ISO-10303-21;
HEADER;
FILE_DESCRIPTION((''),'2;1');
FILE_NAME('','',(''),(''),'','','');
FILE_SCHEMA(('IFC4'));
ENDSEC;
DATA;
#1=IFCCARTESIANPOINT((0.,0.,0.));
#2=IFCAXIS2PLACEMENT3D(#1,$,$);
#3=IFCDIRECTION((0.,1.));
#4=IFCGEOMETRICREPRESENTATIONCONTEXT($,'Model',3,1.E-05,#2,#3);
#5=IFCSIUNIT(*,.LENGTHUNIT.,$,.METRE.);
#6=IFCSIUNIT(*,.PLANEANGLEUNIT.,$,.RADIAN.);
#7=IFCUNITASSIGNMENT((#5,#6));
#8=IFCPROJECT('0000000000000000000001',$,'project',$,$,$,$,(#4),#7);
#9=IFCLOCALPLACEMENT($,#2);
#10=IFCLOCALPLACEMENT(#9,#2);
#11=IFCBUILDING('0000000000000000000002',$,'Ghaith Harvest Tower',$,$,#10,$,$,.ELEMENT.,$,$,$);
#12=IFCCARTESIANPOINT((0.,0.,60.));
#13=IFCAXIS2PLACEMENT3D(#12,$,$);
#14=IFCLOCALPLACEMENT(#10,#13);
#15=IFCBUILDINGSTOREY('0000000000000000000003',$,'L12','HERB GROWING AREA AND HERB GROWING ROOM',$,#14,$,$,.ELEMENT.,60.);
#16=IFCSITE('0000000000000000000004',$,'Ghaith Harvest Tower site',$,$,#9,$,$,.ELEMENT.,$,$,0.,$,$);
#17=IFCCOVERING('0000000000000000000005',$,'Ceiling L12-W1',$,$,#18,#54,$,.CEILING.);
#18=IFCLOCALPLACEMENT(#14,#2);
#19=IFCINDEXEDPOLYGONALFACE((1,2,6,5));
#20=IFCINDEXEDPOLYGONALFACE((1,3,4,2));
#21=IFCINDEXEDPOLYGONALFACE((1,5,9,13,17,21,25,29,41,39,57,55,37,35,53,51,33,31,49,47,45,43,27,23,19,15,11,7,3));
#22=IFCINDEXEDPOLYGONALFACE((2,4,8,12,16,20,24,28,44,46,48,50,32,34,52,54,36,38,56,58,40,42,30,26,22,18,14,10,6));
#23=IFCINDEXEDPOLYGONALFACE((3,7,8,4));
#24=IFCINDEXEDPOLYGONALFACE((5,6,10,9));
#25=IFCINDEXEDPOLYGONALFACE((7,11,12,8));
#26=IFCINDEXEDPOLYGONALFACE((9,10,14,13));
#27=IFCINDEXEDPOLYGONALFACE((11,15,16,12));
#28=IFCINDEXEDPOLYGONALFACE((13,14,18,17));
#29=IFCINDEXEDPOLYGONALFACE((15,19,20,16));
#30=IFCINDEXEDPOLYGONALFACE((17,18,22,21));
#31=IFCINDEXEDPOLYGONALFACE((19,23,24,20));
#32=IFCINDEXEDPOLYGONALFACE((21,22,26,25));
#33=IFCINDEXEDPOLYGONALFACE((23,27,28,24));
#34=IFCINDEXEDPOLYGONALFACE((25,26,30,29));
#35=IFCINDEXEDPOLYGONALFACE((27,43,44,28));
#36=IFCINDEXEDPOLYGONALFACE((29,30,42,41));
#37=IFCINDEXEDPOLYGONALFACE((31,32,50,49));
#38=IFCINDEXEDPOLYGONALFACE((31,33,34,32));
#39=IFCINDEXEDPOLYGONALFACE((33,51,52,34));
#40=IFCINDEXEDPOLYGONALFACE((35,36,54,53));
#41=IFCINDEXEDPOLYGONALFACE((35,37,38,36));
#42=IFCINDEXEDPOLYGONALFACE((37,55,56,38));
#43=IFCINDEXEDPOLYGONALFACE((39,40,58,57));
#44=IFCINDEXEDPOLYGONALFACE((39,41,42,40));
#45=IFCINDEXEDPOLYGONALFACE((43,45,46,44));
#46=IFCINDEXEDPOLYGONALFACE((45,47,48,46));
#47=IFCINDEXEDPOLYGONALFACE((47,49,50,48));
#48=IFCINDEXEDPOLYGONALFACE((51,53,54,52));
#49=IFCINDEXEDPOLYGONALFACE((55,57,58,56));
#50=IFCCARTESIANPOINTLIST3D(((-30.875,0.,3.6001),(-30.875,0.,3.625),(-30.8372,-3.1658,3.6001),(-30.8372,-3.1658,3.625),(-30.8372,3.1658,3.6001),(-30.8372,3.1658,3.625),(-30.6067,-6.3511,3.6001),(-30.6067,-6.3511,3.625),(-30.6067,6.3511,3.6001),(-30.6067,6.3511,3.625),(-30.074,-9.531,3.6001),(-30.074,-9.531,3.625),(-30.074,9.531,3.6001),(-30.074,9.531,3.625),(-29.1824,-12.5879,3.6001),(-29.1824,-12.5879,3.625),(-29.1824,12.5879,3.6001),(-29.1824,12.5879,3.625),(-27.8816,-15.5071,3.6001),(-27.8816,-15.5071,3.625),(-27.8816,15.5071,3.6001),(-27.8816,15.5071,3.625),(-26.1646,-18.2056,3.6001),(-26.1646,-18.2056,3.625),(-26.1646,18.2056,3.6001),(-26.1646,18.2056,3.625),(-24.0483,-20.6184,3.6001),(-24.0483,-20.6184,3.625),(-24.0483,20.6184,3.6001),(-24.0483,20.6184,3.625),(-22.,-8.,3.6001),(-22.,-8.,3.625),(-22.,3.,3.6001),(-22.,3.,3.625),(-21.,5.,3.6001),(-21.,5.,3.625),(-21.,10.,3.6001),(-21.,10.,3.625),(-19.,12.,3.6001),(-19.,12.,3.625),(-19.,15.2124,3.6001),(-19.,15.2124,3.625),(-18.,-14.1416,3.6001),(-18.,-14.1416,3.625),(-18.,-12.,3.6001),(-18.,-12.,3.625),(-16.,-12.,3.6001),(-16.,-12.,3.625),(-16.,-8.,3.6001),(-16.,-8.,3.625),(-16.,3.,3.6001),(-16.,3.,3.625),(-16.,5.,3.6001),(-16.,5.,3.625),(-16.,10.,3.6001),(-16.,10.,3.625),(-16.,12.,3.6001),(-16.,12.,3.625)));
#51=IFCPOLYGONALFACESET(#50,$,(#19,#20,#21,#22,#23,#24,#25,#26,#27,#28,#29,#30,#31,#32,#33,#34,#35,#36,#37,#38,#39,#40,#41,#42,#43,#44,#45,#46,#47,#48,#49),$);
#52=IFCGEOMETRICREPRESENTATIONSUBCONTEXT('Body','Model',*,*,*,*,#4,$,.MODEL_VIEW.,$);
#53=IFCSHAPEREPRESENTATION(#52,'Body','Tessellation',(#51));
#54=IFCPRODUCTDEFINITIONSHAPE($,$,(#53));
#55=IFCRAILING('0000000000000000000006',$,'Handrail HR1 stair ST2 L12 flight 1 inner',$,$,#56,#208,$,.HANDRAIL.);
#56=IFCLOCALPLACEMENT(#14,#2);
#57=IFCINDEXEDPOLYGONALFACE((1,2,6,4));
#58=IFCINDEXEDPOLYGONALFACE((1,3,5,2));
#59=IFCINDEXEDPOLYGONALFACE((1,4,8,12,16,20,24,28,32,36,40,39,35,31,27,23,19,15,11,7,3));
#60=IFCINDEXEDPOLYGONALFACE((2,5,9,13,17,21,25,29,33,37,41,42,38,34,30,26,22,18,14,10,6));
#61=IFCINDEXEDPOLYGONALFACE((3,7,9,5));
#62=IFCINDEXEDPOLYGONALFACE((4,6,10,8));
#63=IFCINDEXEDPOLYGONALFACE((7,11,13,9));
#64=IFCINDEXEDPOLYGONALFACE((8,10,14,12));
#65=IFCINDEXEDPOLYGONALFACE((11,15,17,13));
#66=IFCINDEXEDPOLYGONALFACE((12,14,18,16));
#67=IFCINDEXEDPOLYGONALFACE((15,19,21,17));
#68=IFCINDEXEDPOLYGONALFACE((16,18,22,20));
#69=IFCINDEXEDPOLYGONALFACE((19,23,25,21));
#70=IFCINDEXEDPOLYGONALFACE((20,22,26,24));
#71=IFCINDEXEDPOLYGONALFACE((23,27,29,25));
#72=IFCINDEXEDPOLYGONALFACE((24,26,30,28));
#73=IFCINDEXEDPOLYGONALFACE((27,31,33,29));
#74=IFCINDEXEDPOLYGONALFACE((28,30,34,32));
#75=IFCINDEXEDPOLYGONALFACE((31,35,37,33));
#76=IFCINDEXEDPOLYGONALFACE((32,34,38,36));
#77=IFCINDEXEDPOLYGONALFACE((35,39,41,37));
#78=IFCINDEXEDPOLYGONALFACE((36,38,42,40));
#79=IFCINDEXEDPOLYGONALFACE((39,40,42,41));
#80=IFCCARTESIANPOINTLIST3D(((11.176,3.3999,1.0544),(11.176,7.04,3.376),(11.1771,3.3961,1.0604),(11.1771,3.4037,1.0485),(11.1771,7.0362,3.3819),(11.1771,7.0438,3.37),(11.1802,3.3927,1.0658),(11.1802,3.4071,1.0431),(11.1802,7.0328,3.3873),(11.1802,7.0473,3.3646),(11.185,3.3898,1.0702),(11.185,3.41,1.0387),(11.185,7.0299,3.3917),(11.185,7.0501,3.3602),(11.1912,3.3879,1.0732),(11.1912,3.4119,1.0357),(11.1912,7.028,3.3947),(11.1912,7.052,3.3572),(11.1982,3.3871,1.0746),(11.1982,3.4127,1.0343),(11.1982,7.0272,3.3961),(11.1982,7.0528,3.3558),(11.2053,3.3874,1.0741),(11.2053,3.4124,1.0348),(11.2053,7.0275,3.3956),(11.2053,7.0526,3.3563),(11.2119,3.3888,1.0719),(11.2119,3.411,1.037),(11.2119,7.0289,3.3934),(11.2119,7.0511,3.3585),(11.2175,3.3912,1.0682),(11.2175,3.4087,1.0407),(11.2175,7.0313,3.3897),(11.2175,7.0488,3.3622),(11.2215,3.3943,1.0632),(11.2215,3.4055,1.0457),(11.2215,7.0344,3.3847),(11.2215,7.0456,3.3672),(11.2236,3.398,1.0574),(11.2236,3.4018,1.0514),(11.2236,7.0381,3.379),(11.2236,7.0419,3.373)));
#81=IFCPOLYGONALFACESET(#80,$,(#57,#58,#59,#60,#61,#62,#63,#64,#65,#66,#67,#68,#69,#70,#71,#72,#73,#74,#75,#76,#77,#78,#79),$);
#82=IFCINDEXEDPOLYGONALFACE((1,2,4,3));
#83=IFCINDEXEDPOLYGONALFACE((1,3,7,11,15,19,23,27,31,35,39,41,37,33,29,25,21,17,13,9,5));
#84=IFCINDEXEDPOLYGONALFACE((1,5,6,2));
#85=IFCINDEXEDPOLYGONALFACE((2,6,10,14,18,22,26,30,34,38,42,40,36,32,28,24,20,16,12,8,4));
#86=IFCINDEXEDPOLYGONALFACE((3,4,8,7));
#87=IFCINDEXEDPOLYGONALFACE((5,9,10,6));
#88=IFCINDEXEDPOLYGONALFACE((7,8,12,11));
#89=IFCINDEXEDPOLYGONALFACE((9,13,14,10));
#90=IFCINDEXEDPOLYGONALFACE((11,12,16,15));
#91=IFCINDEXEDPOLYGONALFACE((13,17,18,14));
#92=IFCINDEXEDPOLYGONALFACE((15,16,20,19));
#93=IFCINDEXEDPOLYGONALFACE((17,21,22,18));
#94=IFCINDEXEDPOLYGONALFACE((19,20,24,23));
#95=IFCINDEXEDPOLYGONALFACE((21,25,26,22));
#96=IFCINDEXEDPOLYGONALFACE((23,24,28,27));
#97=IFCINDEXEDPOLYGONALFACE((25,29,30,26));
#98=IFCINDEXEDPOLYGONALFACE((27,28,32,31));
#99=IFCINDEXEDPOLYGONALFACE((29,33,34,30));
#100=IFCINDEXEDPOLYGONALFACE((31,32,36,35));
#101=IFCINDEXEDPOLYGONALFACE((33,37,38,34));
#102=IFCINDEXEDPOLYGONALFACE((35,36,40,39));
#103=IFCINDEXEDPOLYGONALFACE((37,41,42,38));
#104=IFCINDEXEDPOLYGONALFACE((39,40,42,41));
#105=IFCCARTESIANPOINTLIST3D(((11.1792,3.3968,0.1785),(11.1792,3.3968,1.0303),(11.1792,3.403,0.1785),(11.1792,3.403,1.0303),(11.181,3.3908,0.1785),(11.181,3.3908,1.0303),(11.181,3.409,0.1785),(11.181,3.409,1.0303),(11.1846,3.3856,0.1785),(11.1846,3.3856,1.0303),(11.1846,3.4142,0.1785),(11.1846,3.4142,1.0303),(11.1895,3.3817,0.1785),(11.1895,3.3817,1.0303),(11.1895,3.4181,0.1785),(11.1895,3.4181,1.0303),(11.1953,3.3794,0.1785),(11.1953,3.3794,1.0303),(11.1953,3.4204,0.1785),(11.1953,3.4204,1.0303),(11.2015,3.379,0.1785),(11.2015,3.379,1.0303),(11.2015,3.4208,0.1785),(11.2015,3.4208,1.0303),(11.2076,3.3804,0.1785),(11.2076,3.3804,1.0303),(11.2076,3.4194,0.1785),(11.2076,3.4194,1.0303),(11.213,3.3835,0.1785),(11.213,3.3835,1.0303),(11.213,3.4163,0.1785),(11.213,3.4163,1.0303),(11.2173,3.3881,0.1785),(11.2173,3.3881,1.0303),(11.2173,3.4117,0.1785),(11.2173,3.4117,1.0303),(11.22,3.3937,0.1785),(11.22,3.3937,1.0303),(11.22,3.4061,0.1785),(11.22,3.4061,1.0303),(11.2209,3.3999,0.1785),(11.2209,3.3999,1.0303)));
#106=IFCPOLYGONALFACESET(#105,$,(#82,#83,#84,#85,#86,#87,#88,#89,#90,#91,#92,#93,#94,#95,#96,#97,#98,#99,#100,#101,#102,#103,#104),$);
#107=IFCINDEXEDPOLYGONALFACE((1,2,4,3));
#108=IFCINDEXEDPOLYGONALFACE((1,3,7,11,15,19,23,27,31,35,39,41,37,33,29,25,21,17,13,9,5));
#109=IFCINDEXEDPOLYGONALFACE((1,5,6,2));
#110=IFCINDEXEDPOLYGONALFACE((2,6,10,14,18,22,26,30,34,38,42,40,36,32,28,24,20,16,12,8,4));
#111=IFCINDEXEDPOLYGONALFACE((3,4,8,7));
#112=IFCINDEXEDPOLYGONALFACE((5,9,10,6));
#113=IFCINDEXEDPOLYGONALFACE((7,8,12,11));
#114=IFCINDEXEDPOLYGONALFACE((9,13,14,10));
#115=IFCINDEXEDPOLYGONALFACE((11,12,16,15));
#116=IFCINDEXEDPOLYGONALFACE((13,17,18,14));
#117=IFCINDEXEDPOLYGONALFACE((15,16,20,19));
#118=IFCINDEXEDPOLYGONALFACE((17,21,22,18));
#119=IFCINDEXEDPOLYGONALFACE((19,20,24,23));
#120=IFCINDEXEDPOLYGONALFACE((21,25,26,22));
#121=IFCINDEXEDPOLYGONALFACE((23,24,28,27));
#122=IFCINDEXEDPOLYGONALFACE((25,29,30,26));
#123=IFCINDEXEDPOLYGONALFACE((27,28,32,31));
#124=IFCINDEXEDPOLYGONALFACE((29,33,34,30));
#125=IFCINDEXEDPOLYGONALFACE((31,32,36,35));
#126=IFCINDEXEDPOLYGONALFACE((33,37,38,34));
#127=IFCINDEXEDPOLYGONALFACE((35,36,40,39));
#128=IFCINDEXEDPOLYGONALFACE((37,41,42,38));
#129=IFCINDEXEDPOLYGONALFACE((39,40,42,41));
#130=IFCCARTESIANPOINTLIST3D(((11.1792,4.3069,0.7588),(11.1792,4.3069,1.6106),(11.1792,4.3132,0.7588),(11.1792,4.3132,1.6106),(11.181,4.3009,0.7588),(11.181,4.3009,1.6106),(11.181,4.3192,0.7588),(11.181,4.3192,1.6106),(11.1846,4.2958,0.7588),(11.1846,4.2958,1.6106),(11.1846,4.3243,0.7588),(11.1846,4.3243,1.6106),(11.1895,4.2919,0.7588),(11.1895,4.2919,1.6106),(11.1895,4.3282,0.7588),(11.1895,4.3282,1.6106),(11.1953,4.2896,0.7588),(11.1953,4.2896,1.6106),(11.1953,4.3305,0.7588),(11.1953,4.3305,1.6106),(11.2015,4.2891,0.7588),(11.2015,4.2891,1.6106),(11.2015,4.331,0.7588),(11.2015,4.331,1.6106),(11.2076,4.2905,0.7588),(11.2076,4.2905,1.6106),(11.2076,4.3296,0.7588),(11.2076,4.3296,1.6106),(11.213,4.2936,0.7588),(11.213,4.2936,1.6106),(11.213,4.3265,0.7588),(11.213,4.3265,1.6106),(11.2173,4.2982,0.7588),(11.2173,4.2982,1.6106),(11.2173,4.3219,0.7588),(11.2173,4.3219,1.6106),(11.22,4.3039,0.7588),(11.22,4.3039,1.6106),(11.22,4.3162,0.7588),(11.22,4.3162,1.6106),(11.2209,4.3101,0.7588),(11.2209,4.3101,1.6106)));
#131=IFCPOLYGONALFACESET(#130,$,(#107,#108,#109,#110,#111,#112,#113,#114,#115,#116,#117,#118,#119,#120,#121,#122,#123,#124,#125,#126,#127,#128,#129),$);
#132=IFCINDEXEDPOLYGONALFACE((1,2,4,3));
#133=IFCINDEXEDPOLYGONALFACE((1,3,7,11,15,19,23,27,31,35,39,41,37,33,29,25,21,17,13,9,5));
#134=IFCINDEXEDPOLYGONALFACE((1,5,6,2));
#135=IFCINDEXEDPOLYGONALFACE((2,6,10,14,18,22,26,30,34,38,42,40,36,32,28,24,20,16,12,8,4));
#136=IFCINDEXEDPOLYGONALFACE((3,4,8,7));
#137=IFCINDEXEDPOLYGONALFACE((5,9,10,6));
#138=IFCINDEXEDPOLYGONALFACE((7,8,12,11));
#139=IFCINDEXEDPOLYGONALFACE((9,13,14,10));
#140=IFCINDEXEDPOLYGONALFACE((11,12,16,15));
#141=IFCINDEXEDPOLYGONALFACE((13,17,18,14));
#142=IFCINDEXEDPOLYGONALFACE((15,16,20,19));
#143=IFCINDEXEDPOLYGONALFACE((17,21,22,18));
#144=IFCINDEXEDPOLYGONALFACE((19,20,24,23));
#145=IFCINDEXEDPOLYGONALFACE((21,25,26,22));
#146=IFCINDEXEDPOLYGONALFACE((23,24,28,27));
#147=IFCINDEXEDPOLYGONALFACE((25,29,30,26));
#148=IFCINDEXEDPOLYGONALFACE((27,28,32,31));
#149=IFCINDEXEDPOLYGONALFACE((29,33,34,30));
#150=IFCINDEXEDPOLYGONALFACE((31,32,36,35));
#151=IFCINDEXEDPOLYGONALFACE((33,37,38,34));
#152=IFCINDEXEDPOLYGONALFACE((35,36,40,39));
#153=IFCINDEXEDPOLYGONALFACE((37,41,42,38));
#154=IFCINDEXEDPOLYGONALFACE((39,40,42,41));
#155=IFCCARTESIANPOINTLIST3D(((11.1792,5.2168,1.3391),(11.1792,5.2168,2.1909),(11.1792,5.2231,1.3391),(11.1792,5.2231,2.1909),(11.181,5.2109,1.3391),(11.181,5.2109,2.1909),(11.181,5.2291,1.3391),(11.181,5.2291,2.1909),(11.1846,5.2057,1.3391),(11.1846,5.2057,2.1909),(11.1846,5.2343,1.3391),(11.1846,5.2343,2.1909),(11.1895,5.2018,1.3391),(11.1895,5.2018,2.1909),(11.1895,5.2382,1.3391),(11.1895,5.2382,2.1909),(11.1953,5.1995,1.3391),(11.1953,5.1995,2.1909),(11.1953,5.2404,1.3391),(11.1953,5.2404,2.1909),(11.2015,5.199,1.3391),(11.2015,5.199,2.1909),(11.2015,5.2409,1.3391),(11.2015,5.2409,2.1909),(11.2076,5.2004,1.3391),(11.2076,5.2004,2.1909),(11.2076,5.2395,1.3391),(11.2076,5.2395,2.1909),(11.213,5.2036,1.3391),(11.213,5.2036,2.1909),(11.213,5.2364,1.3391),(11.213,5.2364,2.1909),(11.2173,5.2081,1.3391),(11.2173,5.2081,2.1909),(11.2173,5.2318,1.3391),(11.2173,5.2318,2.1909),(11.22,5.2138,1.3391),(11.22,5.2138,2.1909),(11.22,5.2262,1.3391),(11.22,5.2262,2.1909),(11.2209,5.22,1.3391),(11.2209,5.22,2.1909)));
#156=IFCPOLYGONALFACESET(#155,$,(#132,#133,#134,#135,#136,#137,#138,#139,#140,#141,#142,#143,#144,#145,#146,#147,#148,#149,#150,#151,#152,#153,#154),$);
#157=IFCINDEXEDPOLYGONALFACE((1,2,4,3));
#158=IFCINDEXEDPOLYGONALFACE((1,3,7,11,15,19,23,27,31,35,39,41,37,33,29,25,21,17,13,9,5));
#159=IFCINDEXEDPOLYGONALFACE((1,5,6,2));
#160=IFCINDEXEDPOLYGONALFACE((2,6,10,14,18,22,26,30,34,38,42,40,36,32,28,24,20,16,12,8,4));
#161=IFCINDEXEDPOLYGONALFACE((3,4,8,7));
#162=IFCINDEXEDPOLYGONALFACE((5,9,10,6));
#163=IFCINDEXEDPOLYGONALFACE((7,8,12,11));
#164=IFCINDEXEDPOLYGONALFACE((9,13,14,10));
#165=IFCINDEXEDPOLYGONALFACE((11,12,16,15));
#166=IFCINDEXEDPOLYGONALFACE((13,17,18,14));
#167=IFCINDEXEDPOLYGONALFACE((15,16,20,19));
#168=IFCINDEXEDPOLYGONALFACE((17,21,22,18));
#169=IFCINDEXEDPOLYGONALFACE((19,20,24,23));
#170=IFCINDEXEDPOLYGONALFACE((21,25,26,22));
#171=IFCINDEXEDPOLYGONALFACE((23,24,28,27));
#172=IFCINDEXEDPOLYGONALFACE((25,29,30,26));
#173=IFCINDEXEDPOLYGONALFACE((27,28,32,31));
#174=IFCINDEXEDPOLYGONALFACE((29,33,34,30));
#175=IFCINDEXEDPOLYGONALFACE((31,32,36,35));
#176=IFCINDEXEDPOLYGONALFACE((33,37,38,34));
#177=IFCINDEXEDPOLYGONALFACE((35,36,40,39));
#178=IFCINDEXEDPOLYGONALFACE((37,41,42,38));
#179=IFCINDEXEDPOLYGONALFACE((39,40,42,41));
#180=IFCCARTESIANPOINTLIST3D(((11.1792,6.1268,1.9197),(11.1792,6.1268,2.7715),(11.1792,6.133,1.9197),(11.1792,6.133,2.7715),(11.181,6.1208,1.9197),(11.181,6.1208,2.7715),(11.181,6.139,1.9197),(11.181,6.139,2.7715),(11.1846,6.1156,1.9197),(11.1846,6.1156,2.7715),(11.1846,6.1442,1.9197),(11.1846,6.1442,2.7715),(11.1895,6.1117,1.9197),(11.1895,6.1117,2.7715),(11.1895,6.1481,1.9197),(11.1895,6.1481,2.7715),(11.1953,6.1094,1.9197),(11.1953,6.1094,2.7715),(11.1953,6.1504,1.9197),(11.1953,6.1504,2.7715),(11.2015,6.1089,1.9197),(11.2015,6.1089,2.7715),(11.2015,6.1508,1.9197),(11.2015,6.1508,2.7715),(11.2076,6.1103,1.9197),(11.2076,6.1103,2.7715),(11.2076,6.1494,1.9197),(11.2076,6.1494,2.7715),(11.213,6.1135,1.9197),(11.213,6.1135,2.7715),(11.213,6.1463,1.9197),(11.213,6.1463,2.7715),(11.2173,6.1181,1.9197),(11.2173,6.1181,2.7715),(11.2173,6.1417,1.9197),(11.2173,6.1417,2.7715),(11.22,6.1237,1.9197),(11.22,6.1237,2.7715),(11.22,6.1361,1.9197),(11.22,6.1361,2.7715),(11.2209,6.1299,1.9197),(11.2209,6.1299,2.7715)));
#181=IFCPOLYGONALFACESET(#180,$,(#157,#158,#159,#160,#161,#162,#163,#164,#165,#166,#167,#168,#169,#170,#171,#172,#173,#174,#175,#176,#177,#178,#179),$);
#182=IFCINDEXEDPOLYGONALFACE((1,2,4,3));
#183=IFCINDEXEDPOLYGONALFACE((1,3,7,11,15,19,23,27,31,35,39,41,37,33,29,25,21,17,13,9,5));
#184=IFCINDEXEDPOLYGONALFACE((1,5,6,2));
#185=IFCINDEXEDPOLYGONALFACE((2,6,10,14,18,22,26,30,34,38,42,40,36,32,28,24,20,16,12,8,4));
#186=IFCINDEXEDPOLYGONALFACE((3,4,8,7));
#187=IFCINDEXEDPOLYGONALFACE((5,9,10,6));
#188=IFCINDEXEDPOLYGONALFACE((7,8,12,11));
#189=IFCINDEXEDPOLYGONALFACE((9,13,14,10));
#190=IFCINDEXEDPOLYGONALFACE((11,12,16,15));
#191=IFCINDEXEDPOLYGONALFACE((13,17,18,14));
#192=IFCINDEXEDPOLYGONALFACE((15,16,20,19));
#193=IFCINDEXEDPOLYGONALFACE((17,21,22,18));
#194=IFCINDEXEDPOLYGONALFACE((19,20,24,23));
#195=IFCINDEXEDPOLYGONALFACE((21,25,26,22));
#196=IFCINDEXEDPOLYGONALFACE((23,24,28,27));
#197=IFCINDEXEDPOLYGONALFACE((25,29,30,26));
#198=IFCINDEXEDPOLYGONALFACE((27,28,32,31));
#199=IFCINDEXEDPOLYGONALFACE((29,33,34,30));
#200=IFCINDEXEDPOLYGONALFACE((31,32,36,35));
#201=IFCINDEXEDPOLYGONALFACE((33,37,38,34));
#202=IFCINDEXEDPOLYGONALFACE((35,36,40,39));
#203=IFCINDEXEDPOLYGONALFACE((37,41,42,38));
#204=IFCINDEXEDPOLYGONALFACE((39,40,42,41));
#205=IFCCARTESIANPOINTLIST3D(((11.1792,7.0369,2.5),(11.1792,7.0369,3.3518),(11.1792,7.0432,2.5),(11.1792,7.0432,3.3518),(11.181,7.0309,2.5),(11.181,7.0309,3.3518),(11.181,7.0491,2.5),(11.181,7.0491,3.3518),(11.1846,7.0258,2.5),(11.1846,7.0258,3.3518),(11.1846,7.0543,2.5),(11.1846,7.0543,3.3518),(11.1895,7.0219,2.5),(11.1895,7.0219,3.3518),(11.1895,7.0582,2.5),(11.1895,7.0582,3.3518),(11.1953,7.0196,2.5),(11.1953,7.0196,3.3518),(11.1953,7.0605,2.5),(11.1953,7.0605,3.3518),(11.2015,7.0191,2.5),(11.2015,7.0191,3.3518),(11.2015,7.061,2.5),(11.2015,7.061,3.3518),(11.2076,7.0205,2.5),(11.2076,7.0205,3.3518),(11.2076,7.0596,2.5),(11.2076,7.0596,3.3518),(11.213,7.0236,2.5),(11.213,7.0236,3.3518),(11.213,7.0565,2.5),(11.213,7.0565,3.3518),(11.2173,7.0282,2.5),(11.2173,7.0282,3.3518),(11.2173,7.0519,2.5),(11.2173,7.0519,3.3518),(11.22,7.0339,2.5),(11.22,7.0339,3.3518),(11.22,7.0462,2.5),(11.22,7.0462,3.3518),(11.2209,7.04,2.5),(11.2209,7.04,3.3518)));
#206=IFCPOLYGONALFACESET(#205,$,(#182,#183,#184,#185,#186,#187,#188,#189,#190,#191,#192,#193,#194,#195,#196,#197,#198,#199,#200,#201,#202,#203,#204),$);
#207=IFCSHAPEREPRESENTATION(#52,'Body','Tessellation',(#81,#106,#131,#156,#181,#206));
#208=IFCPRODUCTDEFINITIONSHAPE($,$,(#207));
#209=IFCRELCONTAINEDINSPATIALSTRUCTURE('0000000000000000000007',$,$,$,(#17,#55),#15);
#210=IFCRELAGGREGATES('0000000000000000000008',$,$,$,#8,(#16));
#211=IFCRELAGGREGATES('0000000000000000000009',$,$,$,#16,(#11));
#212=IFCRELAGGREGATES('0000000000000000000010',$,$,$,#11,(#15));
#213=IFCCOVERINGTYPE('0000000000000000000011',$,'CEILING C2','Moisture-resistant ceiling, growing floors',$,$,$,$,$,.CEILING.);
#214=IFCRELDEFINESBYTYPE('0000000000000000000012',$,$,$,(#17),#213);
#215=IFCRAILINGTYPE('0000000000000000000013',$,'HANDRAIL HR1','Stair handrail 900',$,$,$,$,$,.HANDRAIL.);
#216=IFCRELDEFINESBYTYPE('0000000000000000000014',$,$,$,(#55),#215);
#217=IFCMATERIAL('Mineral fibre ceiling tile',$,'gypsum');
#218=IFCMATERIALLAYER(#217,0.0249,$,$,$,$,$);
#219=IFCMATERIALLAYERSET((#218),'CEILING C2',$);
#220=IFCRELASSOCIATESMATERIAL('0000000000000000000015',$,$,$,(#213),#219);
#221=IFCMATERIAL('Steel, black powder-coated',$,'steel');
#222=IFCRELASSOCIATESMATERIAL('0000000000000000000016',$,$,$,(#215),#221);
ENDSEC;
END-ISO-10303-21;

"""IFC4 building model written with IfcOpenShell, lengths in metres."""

from ifc_helpers import new_model, si_unit, direction, frame, origin, origin_2d, place, context, subcontext, project, spatial, polyline, circle, outline, extrude, material, layer, layer_set, type_object, element, save


model = new_model("IFC4")

# Units and contexts
model_context = context("Model", 3, precision=1e-05, world=origin(), true_north=direction((0.0, 1.0)))
body_context = subcontext(model_context, "Body", "Model", "MODEL_VIEW")
ifc_project = project(units=[si_unit("LENGTHUNIT", "METRE"), si_unit("PLANEANGLEUNIT", "RADIAN")], contexts=[model_context])

# Site, building, storey
site_placement = place(None, origin())
site = spatial("IfcSite", under=ifc_project, at=site_placement, Name="Ghaith Harvest Tower site", CompositionType="ELEMENT", RefElevation=0.0)
building_placement = place(site_placement, origin())
building = spatial("IfcBuilding", under=site, at=building_placement, Name="Ghaith Harvest Tower", CompositionType="ELEMENT")
storey_placement = place(building_placement, frame((0.0, 0.0, 60.0)))
storey = spatial("IfcBuildingStorey", under=building, at=storey_placement, Name="L12", Description="HERB GROWING AREA AND HERB GROWING ROOM", CompositionType="ELEMENT", Elevation=60.0)

# Covering
ifc_material_1 = material(Name="Mineral fibre ceiling tile", Category="gypsum")
ifc_layer_1 = layer(ifc_material_1, 0.0249)
ifc_layer_set_1 = layer_set([ifc_layer_1], Name="CEILING C2")
covering_type = type_object("IfcCoveringType", Name="CEILING C2", Description="Moisture-resistant ceiling, growing floors", PredefinedType="CEILING", material=ifc_layer_set_1)
covering_1_placement = place(storey_placement, frame((0.0, 0.0, 3.6001)))
element("IfcCovering", 1, at=covering_1_placement, inside=storey, type_object=covering_type, Name="Ceiling L12-W1", PredefinedType="CEILING", context=body_context, shape_type="SweptSolid", body=[
    extrude(outline(polyline([(-26.1646, -18.2056), (-27.8816, -15.5071), (-29.1824, -12.5879), (-30.074, -9.531), (-30.6067, -6.3511), (-30.8372, -3.1658), (-30.875, 0.0), (-30.8372, 3.1658), (-30.6067, 6.3511), (-30.074, 9.531), (-29.1824, 12.5879), (-27.8816, 15.5071), (-26.1646, 18.2056), (-24.0483, 20.6184), (-19.0, 15.2124), (-19.0, 12.0), (-16.0, 12.0), (-16.0, 10.0), (-21.0, 10.0), (-21.0, 5.0), (-16.0, 5.0), (-16.0, 3.0), (-22.0, 3.0), (-22.0, -8.0), (-16.0, -8.0), (-16.0, -12.0), (-18.0, -12.0), (-18.0, -14.1416), (-24.0483, -20.6184), (-26.1646, -18.2056)])), origin(), (0.0, 0.0, 1.0), 0.0249),
])

# Railing
ifc_material_2 = material(Name="Steel, black powder-coated", Category="steel")
railing_type = type_object("IfcRailingType", Name="HANDRAIL HR1", Description="Stair handrail 900", PredefinedType="HANDRAIL", material=ifc_material_2)
railing_1_placement = place(storey_placement, frame((11.2, 3.3999, 0.1785)))
element("IfcRailing", 2, at=railing_1_placement, inside=storey, type_object=railing_type, Name="Handrail HR1 stair ST2 L12 flight 1 inner", PredefinedType="HANDRAIL", context=body_context, shape_type="SweptSolid", body=[
    extrude(circle(Radius=0.0239, at=origin_2d()), frame((0.0, 0.0, 0.876), z_axis=(0.0, 0.843128, 0.537713), x_axis=(-1.0, 0.0, 0.0)), (0.0, 0.0, 1.0), 4.3174),
    extrude(circle(Radius=0.021, at=origin_2d()), origin(), (0.0, 0.0, 1.0), 0.8518),
    extrude(circle(Radius=0.021, at=origin_2d()), frame((0.0, 0.9102, 0.5803)), (0.0, 0.0, 1.0), 0.8518),
    extrude(circle(Radius=0.021, at=origin_2d()), frame((0.0, 1.8201, 1.1606)), (0.0, 0.0, 1.0), 0.8518),
    extrude(circle(Radius=0.021, at=origin_2d()), frame((0.0, 2.73, 1.7412)), (0.0, 0.0, 1.0), 0.8518),
    extrude(circle(Radius=0.021, at=origin_2d()), frame((0.0, 3.6401, 2.3215)), (0.0, 0.0, 1.0), 0.8518),
])

save(model, "model.ifc")
